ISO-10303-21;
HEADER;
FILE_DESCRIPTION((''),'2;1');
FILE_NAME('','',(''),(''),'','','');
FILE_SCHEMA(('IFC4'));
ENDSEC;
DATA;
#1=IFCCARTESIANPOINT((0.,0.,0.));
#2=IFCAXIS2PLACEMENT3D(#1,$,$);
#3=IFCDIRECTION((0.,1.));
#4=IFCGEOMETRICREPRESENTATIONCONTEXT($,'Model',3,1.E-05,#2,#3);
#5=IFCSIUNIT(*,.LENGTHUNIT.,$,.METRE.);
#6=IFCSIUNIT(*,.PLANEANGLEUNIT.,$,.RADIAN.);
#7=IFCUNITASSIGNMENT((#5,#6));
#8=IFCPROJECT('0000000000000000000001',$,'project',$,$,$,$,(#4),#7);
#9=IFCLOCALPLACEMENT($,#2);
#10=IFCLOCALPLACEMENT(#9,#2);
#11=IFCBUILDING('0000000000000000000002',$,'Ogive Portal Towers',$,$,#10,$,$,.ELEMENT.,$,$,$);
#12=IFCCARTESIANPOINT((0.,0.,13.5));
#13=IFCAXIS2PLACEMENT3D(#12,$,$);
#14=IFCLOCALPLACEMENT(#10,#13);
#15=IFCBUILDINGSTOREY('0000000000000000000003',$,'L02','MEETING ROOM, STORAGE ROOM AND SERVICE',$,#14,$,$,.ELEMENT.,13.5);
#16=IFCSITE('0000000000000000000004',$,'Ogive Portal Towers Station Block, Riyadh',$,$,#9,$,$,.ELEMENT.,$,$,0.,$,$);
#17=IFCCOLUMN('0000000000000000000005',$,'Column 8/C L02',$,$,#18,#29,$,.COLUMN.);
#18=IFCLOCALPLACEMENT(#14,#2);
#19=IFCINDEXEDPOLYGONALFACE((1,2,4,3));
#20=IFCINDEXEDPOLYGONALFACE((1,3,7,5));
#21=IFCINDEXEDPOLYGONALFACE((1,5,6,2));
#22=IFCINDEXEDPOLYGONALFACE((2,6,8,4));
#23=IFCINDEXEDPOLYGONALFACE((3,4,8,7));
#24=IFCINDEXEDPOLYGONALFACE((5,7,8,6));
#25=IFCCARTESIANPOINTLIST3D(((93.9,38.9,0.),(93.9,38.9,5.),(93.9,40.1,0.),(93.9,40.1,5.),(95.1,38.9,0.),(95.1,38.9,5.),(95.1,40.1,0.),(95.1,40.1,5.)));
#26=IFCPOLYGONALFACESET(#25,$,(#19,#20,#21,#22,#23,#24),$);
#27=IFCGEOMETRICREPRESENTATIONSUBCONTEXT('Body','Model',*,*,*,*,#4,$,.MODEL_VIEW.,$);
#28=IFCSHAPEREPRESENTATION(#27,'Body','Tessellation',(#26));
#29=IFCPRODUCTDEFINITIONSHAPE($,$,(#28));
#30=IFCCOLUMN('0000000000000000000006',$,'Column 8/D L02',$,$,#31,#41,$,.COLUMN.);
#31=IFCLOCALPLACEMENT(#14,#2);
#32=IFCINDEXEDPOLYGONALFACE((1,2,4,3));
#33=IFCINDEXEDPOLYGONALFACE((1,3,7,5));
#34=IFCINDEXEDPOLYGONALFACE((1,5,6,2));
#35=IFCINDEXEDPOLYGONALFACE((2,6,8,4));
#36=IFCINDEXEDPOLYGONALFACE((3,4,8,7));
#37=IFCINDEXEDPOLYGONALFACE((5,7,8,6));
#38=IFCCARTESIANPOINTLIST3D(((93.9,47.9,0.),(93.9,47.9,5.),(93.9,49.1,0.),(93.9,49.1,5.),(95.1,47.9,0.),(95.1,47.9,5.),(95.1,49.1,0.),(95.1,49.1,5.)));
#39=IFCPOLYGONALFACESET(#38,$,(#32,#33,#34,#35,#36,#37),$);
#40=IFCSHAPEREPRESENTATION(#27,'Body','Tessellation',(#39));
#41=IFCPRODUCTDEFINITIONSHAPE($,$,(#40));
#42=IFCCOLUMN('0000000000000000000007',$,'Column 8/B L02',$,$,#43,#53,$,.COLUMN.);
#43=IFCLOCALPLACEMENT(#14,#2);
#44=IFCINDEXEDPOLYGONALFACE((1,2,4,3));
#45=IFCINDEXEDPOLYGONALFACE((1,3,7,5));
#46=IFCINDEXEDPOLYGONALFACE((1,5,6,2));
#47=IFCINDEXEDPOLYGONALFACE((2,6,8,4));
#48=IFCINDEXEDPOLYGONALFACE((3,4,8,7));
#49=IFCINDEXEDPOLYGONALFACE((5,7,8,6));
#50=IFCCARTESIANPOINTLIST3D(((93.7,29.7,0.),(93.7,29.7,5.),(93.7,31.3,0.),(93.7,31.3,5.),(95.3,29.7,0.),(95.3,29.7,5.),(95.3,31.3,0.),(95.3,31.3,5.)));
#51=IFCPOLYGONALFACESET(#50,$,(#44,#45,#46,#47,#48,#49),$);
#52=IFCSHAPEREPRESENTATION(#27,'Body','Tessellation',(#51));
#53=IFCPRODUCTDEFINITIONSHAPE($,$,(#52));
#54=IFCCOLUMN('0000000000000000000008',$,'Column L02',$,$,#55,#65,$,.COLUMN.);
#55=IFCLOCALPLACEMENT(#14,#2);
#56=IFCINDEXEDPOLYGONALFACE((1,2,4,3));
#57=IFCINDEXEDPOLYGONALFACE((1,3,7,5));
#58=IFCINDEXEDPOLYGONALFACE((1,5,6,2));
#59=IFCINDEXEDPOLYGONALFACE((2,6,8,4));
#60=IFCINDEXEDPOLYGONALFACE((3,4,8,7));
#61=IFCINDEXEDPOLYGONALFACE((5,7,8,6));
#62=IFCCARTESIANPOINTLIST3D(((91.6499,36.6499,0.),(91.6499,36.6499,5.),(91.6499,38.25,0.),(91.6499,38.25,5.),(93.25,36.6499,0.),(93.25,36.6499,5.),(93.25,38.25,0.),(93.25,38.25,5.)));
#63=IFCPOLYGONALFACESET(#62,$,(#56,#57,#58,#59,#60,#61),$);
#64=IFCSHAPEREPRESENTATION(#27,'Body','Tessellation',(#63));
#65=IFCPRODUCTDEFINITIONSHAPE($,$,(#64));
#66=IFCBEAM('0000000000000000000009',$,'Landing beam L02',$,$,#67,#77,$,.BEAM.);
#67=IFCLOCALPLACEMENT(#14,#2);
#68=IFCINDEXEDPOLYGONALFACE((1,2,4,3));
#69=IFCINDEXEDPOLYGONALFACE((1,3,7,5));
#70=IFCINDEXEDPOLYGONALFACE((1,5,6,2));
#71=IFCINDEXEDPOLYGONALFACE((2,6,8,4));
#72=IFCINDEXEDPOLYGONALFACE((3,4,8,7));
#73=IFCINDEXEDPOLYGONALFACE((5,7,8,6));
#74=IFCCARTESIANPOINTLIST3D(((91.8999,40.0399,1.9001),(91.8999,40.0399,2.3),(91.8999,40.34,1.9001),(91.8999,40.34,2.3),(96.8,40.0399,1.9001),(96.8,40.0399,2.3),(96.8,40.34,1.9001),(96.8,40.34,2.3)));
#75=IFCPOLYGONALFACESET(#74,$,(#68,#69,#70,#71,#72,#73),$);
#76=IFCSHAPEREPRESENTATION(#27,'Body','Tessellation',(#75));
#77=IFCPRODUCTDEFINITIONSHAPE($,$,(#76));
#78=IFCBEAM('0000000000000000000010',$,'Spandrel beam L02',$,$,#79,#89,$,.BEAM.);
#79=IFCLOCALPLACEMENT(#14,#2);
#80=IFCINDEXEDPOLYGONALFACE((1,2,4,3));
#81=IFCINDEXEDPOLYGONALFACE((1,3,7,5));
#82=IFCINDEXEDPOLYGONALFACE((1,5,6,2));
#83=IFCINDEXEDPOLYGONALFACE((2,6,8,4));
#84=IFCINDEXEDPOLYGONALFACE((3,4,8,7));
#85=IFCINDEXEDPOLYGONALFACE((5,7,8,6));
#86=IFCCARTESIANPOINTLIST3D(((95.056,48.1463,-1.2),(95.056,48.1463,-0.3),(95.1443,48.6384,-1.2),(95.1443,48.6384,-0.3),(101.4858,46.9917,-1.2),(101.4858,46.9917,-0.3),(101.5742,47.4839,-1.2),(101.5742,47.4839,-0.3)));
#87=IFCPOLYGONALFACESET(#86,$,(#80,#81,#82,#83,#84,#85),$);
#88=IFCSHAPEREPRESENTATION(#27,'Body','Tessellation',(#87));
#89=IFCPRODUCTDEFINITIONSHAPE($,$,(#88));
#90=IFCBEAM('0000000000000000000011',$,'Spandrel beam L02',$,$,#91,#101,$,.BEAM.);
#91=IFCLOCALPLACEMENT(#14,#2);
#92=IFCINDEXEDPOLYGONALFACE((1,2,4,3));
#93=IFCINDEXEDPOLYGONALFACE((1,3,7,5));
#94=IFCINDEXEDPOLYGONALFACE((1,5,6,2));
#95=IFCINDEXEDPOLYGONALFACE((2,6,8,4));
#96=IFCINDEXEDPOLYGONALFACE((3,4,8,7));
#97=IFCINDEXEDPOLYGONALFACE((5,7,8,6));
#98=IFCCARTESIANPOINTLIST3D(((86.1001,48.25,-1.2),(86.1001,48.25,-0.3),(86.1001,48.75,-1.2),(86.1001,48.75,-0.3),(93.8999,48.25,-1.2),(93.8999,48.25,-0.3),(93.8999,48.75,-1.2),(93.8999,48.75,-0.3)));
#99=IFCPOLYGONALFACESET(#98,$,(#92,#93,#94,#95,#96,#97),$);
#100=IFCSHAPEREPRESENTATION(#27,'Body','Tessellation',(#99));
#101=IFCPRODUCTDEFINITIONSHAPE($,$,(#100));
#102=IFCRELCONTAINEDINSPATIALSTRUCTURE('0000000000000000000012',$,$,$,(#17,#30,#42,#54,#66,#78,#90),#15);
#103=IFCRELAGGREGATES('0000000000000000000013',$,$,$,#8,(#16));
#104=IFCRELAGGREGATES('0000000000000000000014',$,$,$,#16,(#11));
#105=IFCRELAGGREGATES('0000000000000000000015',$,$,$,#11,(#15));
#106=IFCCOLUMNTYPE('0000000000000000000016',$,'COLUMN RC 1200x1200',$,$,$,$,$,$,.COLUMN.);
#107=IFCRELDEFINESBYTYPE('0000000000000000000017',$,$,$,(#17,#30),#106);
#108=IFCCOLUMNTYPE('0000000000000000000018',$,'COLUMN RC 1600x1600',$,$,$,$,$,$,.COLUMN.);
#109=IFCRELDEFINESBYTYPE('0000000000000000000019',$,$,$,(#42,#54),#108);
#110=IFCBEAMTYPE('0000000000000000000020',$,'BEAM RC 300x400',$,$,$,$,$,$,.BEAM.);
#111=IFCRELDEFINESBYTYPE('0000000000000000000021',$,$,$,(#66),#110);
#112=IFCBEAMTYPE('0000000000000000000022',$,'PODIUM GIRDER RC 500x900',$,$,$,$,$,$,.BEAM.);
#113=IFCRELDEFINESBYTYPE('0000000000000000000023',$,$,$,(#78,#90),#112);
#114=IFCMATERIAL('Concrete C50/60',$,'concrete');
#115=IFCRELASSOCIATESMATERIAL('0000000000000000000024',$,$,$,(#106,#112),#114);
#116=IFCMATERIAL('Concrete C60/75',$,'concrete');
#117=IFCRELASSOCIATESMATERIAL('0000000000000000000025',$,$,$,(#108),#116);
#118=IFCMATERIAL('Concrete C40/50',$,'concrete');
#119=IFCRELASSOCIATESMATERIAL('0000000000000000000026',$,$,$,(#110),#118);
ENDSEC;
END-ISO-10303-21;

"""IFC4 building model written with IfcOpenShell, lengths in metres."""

from ifc_helpers import new_model, si_unit, direction, frame, origin, origin_2d, place, context, subcontext, project, spatial, rectangle, extrude, material, material_profile, profile_set, type_object, element, save


model = new_model("IFC4")

# Units and contexts
model_context = context("Model", 3, precision=1e-05, world=origin(), true_north=direction((0.0, 1.0)))
body_context = subcontext(model_context, "Body", "Model", "MODEL_VIEW")
ifc_project = project(units=[si_unit("LENGTHUNIT", "METRE"), si_unit("PLANEANGLEUNIT", "RADIAN")], contexts=[model_context])

# Site, building, storey
site_placement = place(None, origin())
site = spatial("IfcSite", under=ifc_project, at=site_placement, Name="Ogive Portal Towers Station Block, Riyadh", CompositionType="ELEMENT", RefElevation=0.0)
building_placement = place(site_placement, origin())
building = spatial("IfcBuilding", under=site, at=building_placement, Name="Ogive Portal Towers", CompositionType="ELEMENT")
storey_placement = place(building_placement, frame((0.0, 0.0, 13.5)))
storey = spatial("IfcBuildingStorey", under=building, at=storey_placement, Name="L02", Description="MEETING ROOM, STORAGE ROOM AND SERVICE", CompositionType="ELEMENT", Elevation=13.5)

# Columns
ifc_material_1 = material(Name="Concrete C50/60", Category="concrete")
ifc_material_profile_1 = material_profile(ifc_material_1, rectangle(XDim=1.2, YDim=1.2, at=origin_2d()), Name="RC 1200x1200")
ifc_profile_set_1 = profile_set([ifc_material_profile_1], Name="Concrete C50/60")
column_type_1 = type_object("IfcColumnType", Name="COLUMN RC 1200x1200", PredefinedType="COLUMN", material=ifc_profile_set_1)
for number, where, z_axis, x_axis, name in (
    (1, (94.5, 39.5, 0.0), (0.0, 0.0, 1.0), (1.0, 0.0, 0.0), "Column 8/C L02"),
    (2, (94.5, 48.5, 0.0), (0.0, 0.0, 1.0), (1.0, 0.0, 0.0), "Column 8/D L02"),
):
    element("IfcColumn", number, at=place(storey_placement, frame(where, z_axis=z_axis, x_axis=x_axis)), inside=storey, type_object=column_type_1, Name=name, PredefinedType="COLUMN", context=body_context, shape_type="SweptSolid", body=[
        extrude(rectangle(XDim=1.2, YDim=1.2, at=origin_2d()), origin(), (0.0, 0.0, 1.0), 5.0),
    ])
ifc_material_2 = material(Name="Concrete C60/75", Category="concrete")
ifc_material_profile_2 = material_profile(ifc_material_2, rectangle(XDim=1.6001, YDim=1.6001, at=origin_2d()), Name="RC 1600x1600")
ifc_profile_set_2 = profile_set([ifc_material_profile_2], Name="Concrete C60/75")
column_type_2 = type_object("IfcColumnType", Name="COLUMN RC 1600x1600", PredefinedType="COLUMN", material=ifc_profile_set_2)
for number, where, z_axis, x_axis, name in (
    (3, (94.5, 30.5, 0.0), (0.0, 0.0, 1.0), (1.0, 0.0, 0.0), "Column 8/B L02"),
    (4, (92.45, 37.45, 0.0), (0.0, 0.0, 1.0), (1.0, 0.0, 0.0), "Column L02"),
):
    element("IfcColumn", number, at=place(storey_placement, frame(where, z_axis=z_axis, x_axis=x_axis)), inside=storey, type_object=column_type_2, Name=name, PredefinedType="COLUMN", context=body_context, shape_type="SweptSolid", body=[
        extrude(rectangle(XDim=1.6001, YDim=1.6001, at=origin_2d()), origin(), (0.0, 0.0, 1.0), 5.0),
    ])

# Beams
ifc_material_3 = material(Name="Concrete C40/50", Category="concrete")
ifc_material_profile_3 = material_profile(ifc_material_3, rectangle(XDim=0.3, YDim=0.3999, at=origin_2d()), Name="RC 300x400")
ifc_profile_set_3 = profile_set([ifc_material_profile_3], Name="Concrete C40/50")
beam_type_1 = type_object("IfcBeamType", Name="BEAM RC 300x400", PredefinedType="BEAM", material=ifc_profile_set_3)
beam_1_placement = place(storey_placement, frame((91.8999, 40.1899, 2.1001), z_axis=(1.0, 0.0, 0.0), x_axis=(0.0, 1.0, 0.0)))
element("IfcBeam", 5, at=beam_1_placement, inside=storey, type_object=beam_type_1, Name="Landing beam L02", PredefinedType="BEAM", context=body_context, shape_type="SweptSolid", body=[
    extrude(rectangle(XDim=0.3, YDim=0.3999, at=origin_2d()), origin(), (0.0, 0.0, 1.0), 4.9001),
])
ifc_material_profile_4 = material_profile(ifc_material_1, rectangle(XDim=0.5, YDim=0.8999, at=origin_2d()), Name="RC 500x900")
ifc_profile_set_4 = profile_set([ifc_material_profile_4], Name="Concrete C50/60")
beam_type_2 = type_object("IfcBeamType", Name="PODIUM GIRDER RC 500x900", PredefinedType="BEAM", material=ifc_profile_set_4)
beam_2_placement = place(storey_placement, frame((101.53, 47.2378, -0.75), z_axis=(-0.984259, 0.176731, 0.0), x_axis=(-0.176731, -0.984259, 0.0)))
element("IfcBeam", 6, at=beam_2_placement, inside=storey, type_object=beam_type_2, Name="Spandrel beam L02", PredefinedType="BEAM", context=body_context, shape_type="SweptSolid", body=[
    extrude(rectangle(XDim=0.5, YDim=0.8999, at=origin_2d()), origin(), (0.0, 0.0, 1.0), 6.5327),
])
beam_3_placement = place(storey_placement, frame((93.8999, 48.5, -0.75), z_axis=(-1.0, 0.0, 0.0), x_axis=(0.0, -1.0, 0.0)))
element("IfcBeam", 7, at=beam_3_placement, inside=storey, type_object=beam_type_2, Name="Spandrel beam L02", PredefinedType="BEAM", context=body_context, shape_type="SweptSolid", body=[
    extrude(rectangle(XDim=0.5, YDim=0.8999, at=origin_2d()), origin(), (0.0, 0.0, 1.0), 7.7998),
])

save(model, "model.ifc")
